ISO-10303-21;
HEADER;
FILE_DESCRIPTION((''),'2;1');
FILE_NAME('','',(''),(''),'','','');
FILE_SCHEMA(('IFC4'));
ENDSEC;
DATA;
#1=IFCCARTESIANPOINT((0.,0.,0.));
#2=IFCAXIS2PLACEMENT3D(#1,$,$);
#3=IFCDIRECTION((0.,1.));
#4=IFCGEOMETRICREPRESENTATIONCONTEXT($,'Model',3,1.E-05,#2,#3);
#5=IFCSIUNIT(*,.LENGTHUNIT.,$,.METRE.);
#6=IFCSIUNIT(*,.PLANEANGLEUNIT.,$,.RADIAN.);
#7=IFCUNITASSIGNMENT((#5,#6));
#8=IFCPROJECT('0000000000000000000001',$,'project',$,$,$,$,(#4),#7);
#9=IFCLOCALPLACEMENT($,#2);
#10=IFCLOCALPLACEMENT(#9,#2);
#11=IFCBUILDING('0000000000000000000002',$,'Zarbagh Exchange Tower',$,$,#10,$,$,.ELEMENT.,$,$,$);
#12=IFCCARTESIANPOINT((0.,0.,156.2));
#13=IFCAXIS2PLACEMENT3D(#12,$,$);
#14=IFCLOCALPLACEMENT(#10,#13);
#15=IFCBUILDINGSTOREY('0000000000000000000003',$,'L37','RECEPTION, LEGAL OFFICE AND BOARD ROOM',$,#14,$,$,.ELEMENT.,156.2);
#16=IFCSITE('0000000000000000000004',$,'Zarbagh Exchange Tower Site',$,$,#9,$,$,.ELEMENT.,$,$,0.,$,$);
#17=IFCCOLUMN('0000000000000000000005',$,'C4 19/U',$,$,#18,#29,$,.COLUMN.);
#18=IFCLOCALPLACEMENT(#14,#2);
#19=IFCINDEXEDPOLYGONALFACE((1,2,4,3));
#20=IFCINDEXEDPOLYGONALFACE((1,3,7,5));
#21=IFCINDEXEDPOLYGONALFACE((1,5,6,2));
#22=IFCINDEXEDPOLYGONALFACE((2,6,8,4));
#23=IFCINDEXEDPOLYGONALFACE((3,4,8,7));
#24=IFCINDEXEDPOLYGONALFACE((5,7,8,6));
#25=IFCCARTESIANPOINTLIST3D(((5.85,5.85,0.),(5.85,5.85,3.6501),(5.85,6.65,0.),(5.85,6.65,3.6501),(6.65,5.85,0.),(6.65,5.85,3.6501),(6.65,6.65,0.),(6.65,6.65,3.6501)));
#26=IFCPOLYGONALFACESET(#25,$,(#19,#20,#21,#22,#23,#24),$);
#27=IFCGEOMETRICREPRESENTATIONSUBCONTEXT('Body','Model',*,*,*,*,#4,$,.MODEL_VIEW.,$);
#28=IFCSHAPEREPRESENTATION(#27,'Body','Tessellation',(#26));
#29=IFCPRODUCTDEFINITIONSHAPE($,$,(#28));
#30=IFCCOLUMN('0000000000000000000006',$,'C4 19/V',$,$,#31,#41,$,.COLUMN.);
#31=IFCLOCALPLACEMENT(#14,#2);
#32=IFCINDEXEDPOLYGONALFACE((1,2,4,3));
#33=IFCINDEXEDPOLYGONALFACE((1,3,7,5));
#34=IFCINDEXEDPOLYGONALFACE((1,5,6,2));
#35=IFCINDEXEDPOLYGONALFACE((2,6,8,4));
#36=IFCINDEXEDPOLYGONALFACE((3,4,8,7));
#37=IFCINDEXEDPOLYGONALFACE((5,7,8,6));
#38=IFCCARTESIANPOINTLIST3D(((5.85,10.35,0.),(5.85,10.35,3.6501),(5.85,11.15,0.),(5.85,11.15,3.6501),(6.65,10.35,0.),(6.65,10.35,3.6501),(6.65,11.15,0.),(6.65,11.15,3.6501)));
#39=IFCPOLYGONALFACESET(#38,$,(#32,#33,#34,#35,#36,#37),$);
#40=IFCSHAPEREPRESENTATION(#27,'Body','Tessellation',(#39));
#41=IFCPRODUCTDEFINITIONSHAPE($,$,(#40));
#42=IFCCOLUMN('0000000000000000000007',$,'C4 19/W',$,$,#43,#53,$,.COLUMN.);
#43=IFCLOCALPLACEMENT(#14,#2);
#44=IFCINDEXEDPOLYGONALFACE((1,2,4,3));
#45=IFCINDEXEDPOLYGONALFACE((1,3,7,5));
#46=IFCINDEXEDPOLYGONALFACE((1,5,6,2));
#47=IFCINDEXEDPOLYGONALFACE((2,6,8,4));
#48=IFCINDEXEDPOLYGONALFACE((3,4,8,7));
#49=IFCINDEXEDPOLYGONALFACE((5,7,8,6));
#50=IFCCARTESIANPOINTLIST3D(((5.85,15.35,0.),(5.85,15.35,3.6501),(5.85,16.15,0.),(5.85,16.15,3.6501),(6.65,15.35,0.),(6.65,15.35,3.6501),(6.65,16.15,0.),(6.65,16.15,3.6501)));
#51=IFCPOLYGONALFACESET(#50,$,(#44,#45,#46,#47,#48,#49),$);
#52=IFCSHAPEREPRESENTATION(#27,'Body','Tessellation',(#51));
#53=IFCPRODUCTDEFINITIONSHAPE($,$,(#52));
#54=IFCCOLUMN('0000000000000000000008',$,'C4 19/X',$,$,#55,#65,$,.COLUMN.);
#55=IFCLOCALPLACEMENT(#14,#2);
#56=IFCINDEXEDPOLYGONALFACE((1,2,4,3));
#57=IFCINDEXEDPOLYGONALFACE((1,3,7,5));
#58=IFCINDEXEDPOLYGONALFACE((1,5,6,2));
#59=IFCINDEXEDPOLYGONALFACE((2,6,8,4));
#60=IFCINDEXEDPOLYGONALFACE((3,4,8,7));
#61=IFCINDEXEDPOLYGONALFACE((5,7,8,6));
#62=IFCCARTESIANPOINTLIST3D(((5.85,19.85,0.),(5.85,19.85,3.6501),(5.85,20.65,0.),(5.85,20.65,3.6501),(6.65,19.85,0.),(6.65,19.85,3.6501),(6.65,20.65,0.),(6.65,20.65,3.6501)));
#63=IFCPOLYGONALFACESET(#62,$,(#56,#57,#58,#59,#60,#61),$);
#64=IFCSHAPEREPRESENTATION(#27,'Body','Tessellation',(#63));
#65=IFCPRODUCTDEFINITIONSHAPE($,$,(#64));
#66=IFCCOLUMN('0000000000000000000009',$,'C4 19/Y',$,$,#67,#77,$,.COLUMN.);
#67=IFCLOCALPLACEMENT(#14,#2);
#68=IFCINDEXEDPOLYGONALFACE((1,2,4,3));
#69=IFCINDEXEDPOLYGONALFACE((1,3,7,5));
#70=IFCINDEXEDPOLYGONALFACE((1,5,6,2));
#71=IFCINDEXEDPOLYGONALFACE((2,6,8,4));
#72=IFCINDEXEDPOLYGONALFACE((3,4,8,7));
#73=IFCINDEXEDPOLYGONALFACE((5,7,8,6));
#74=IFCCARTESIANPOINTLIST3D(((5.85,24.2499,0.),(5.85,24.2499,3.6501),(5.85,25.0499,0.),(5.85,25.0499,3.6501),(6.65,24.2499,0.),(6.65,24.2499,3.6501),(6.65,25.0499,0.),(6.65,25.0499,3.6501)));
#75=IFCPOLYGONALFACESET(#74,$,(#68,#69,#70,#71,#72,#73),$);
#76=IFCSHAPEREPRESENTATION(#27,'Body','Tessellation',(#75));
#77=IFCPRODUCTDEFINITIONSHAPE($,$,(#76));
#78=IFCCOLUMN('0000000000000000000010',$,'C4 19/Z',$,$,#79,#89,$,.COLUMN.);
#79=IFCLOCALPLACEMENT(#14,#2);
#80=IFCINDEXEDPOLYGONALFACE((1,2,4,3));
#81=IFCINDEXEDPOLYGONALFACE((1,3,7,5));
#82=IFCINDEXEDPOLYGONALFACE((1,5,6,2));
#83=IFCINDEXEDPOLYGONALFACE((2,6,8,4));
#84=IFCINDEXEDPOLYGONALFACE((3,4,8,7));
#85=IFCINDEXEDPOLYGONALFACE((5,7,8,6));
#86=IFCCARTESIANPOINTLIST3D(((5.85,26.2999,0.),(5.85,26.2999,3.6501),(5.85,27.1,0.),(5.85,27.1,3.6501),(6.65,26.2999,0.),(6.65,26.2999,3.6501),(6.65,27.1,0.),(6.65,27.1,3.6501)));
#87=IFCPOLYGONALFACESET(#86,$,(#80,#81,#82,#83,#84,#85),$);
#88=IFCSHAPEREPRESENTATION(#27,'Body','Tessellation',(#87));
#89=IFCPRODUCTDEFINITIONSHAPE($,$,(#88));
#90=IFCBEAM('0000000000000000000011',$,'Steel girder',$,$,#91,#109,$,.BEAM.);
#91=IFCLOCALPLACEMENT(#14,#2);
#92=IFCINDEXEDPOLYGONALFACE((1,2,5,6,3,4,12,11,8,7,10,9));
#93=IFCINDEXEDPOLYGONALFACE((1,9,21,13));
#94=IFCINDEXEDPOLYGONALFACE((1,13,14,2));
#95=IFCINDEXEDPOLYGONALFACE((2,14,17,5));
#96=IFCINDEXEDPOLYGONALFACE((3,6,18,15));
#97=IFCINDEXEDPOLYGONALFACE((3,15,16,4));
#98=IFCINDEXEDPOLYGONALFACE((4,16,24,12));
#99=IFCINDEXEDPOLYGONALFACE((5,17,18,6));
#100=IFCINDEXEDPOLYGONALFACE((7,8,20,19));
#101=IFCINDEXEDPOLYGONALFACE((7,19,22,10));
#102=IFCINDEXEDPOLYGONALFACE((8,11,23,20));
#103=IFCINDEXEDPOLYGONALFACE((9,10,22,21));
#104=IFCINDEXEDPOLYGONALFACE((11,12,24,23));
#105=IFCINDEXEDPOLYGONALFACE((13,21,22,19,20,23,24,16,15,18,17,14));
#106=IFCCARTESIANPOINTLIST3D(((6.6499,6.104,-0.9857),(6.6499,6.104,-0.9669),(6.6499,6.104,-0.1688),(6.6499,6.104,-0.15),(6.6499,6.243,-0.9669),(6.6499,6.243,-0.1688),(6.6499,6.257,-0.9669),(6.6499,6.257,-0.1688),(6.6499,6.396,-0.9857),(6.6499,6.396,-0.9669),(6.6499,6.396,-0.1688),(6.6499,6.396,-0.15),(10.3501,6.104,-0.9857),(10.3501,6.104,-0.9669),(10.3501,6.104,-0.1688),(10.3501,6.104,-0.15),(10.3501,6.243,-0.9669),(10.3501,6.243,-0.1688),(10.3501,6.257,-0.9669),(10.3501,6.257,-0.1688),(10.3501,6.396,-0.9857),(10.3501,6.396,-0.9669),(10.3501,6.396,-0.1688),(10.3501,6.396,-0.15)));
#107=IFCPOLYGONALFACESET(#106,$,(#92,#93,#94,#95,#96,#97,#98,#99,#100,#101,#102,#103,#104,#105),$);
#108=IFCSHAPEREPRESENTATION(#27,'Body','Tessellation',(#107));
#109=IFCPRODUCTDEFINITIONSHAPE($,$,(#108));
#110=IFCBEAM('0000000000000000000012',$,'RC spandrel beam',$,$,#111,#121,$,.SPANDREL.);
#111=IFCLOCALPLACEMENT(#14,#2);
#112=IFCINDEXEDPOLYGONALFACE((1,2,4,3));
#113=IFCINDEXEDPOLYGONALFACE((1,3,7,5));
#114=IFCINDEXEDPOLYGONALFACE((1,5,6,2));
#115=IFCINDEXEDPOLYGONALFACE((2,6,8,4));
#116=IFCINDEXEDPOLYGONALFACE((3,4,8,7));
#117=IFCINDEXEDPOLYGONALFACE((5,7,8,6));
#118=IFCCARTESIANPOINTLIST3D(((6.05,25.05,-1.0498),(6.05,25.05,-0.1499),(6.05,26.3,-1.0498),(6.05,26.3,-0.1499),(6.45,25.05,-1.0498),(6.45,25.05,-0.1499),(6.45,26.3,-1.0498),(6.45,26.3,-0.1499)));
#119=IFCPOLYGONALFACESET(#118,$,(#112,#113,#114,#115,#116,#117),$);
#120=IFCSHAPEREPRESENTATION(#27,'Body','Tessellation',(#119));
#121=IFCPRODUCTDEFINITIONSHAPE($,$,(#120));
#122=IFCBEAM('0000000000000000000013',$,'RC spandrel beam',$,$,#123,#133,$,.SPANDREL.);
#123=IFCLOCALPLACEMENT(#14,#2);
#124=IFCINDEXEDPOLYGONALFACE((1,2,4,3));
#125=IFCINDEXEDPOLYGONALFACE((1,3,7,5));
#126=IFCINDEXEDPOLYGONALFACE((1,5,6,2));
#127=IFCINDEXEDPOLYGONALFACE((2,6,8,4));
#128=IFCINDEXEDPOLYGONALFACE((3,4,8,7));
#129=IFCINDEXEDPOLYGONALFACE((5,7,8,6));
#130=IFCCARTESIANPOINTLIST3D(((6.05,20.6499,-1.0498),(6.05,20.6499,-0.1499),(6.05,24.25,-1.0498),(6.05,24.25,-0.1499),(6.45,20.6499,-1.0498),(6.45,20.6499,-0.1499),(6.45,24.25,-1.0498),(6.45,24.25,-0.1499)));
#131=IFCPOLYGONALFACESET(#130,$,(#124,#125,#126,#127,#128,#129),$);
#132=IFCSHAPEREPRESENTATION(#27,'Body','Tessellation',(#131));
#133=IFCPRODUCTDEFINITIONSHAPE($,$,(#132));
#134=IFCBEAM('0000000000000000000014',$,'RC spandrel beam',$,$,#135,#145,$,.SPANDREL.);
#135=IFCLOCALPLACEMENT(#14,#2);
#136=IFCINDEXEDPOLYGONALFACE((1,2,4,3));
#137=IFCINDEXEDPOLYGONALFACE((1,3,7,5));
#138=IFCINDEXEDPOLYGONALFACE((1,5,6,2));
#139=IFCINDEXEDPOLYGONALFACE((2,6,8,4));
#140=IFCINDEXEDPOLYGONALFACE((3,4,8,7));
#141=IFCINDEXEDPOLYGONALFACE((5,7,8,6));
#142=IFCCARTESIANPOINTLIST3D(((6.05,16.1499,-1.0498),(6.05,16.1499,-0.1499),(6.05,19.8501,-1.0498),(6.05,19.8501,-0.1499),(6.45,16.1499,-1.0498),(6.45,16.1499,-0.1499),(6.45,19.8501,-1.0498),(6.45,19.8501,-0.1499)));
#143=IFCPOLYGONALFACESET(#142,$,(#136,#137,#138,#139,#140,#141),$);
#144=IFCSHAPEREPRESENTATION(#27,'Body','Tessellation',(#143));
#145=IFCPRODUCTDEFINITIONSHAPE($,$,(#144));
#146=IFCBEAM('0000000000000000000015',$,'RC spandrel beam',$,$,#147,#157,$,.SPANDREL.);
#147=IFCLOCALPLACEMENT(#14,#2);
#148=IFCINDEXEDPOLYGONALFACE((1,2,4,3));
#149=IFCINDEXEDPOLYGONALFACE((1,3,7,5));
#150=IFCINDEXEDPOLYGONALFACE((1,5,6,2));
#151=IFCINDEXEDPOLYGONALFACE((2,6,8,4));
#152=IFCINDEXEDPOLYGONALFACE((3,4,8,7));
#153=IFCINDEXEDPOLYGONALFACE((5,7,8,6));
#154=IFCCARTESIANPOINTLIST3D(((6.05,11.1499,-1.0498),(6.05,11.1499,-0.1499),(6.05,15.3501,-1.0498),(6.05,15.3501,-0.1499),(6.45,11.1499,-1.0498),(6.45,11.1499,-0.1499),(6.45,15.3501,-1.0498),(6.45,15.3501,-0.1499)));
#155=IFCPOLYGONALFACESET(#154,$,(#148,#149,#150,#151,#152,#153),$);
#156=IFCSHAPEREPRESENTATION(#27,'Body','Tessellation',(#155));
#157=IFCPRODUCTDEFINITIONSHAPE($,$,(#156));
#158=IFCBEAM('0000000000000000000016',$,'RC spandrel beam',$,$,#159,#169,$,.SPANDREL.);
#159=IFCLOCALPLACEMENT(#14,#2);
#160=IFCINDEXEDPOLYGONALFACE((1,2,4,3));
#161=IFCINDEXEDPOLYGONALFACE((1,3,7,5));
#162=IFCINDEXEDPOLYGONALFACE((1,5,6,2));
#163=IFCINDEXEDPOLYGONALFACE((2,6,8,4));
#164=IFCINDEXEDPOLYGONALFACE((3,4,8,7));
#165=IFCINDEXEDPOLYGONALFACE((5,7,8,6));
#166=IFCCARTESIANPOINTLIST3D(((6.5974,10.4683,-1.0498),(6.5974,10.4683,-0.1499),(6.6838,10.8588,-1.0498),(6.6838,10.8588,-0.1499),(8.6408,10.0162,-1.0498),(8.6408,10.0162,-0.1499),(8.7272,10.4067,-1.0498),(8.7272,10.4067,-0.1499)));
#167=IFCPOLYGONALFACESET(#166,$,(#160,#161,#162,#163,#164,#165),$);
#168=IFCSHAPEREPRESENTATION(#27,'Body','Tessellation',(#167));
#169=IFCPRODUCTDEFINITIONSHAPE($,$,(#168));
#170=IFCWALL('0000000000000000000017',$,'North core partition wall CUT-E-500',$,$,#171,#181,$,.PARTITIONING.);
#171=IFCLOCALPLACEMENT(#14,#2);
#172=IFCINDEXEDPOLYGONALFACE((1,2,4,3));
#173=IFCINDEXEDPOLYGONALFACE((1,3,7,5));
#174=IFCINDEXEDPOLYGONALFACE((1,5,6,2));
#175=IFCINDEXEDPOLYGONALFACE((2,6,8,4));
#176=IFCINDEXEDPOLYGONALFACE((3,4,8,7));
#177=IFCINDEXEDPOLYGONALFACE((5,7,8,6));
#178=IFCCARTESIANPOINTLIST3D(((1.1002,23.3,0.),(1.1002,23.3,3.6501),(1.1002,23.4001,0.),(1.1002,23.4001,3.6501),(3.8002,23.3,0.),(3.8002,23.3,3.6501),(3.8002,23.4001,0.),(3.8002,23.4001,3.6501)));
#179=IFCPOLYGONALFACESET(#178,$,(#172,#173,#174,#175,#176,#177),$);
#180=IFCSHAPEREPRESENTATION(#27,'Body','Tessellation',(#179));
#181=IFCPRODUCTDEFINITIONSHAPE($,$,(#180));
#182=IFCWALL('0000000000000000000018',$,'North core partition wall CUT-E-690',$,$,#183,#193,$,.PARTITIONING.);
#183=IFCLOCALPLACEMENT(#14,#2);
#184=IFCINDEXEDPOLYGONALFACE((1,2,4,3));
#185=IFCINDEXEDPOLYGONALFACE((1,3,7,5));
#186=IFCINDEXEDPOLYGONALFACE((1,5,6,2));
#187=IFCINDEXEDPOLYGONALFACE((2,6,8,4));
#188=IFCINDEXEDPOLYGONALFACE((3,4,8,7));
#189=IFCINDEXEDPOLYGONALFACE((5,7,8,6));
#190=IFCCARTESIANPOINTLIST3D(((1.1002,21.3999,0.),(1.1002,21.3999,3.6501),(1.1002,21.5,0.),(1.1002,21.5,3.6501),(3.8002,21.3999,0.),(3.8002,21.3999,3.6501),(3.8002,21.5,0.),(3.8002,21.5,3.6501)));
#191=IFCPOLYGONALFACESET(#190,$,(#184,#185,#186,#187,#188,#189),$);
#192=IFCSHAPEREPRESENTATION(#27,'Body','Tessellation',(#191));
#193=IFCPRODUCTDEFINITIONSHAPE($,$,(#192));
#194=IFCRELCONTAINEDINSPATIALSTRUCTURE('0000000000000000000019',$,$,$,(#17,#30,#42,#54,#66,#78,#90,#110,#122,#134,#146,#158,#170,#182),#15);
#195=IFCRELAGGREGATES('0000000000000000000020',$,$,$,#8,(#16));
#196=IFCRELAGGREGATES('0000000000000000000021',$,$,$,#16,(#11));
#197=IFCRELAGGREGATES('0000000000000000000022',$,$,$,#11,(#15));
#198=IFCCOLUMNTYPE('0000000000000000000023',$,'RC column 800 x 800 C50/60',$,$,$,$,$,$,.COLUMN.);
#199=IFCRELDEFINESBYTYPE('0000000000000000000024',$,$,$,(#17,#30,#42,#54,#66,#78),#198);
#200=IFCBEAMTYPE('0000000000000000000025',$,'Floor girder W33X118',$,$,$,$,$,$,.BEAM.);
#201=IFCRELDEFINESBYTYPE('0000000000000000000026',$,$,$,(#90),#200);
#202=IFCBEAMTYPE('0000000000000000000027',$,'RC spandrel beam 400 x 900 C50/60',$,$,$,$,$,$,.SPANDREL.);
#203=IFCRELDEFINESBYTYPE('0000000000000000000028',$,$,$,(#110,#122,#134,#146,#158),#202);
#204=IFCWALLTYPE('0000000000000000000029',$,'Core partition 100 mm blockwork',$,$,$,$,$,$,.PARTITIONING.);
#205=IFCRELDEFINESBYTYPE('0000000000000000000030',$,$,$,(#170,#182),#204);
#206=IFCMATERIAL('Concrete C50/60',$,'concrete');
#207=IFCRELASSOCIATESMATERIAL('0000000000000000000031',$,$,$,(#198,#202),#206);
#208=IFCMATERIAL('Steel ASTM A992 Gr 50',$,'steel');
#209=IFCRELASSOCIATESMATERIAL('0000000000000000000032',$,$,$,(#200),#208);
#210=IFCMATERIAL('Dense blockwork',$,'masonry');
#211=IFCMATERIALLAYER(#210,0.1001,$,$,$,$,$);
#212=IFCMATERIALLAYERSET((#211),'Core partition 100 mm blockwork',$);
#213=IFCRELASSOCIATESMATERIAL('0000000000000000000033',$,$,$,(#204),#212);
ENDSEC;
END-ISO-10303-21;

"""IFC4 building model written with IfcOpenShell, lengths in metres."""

from ifc_helpers import new_model, si_unit, direction, frame, frame_2d, origin, origin_2d, place, context, subcontext, project, spatial, rectangle, i_section, extrude, material, layer, layer_set, material_profile, profile_set, type_object, element, save


model = new_model("IFC4")

# Units and contexts
model_context = context("Model", 3, precision=1e-05, world=origin(), true_north=direction((0.0, 1.0)))
body_context = subcontext(model_context, "Body", "Model", "MODEL_VIEW")
ifc_project = project(units=[si_unit("LENGTHUNIT", "METRE"), si_unit("PLANEANGLEUNIT", "RADIAN")], contexts=[model_context])

# Site, building, storey
site_placement = place(None, origin())
site = spatial("IfcSite", under=ifc_project, at=site_placement, Name="Zarbagh Exchange Tower Site", CompositionType="ELEMENT", RefElevation=0.0)
building_placement = place(site_placement, origin())
building = spatial("IfcBuilding", under=site, at=building_placement, Name="Zarbagh Exchange Tower", CompositionType="ELEMENT")
storey_placement = place(building_placement, frame((0.0, 0.0, 156.2)))
storey = spatial("IfcBuildingStorey", under=building, at=storey_placement, Name="L37", Description="RECEPTION, LEGAL OFFICE AND BOARD ROOM", CompositionType="ELEMENT", Elevation=156.2)

# Columns
ifc_material_1 = material(Name="Concrete C50/60", Category="concrete")
ifc_material_profile_1 = material_profile(ifc_material_1, rectangle(XDim=0.8, YDim=0.8, at=origin_2d()), Name="RC column 800 x 800 C50/60")
ifc_profile_set_1 = profile_set([ifc_material_profile_1], Name="Concrete C50/60")
column_type = type_object("IfcColumnType", Name="RC column 800 x 800 C50/60", PredefinedType="COLUMN", material=ifc_profile_set_1)
for number, where, z_axis, x_axis, name in (
    (1, (6.25, 6.25, 0.0), (0.0, 0.0, 1.0), (1.0, 0.0, 0.0), "C4 19/U"),
    (2, (6.25, 10.75, 0.0), (0.0, 0.0, 1.0), (1.0, 0.0, 0.0), "C4 19/V"),
    (3, (6.25, 15.75, 0.0), (0.0, 0.0, 1.0), (1.0, 0.0, 0.0), "C4 19/W"),
    (4, (6.25, 20.25, 0.0), (0.0, 0.0, 1.0), (1.0, 0.0, 0.0), "C4 19/X"),
    (5, (6.25, 24.6499, 0.0), (0.0, 0.0, 1.0), (1.0, 0.0, 0.0), "C4 19/Y"),
    (6, (6.25, 26.7, 0.0), (0.0, 0.0, 1.0), (1.0, 0.0, 0.0), "C4 19/Z"),
):
    element("IfcColumn", number, at=place(storey_placement, frame(where, z_axis=z_axis, x_axis=x_axis)), inside=storey, type_object=column_type, Name=name, PredefinedType="COLUMN", context=body_context, shape_type="SweptSolid", body=[
        extrude(rectangle(XDim=0.8, YDim=0.8, at=origin_2d()), origin(), (0.0, 0.0, 1.0), 3.6501),
    ])

# Beams
ifc_material_2 = material(Name="Steel ASTM A992 Gr 50", Category="steel")
ifc_material_profile_2 = material_profile(ifc_material_2, i_section(OverallWidth=0.292, OverallDepth=0.8357, WebThickness=0.0139, FlangeThickness=0.0188, at=origin_2d()), Name="W33X118")
ifc_profile_set_2 = profile_set([ifc_material_profile_2], Name="Steel ASTM A992 Gr 50")
beam_type_1 = type_object("IfcBeamType", Name="Floor girder W33X118", PredefinedType="BEAM", material=ifc_profile_set_2)
beam_1_placement = place(storey_placement, frame((6.6499, 6.25, -0.5679), z_axis=(1.0, 0.0, 0.0), x_axis=(0.0, 1.0, 0.0)))
element("IfcBeam", 7, at=beam_1_placement, inside=storey, type_object=beam_type_1, Name="Steel girder", PredefinedType="BEAM", context=body_context, shape_type="SweptSolid", body=[
    extrude(i_section(OverallWidth=0.292, OverallDepth=0.8357, WebThickness=0.0139, FlangeThickness=0.0188, at=origin_2d()), origin(), (0.0, 0.0, 1.0), 3.7002),
])
ifc_material_profile_3 = material_profile(ifc_material_1, rectangle(XDim=0.3999, YDim=0.8999, at=origin_2d()), Name="RC spandrel beam 400 x 900 C50/60")
ifc_profile_set_3 = profile_set([ifc_material_profile_3], Name="Concrete C50/60")
beam_type_2 = type_object("IfcBeamType", Name="RC spandrel beam 400 x 900 C50/60", PredefinedType="SPANDREL", material=ifc_profile_set_3)
beam_2_placement = place(storey_placement, frame((6.25, 26.3, -0.5999), z_axis=(0.0, -1.0, 0.0), x_axis=(1.0, 0.0, 0.0)))
element("IfcBeam", 8, at=beam_2_placement, inside=storey, type_object=beam_type_2, Name="RC spandrel beam", PredefinedType="SPANDREL", context=body_context, shape_type="SweptSolid", body=[
    extrude(rectangle(XDim=0.3999, YDim=0.8999, at=origin_2d()), origin(), (0.0, 0.0, 1.0), 1.25),
])
beam_3_placement = place(storey_placement, frame((6.25, 24.25, -0.5999), z_axis=(0.0, -1.0, 0.0), x_axis=(1.0, 0.0, 0.0)))
element("IfcBeam", 9, at=beam_3_placement, inside=storey, type_object=beam_type_2, Name="RC spandrel beam", PredefinedType="SPANDREL", context=body_context, shape_type="SweptSolid", body=[
    extrude(rectangle(XDim=0.3999, YDim=0.8999, at=origin_2d()), origin(), (0.0, 0.0, 1.0), 3.6001),
])
beam_4_placement = place(storey_placement, frame((6.25, 19.8501, -0.5999), z_axis=(0.0, -1.0, 0.0), x_axis=(1.0, 0.0, 0.0)))
element("IfcBeam", 10, at=beam_4_placement, inside=storey, type_object=beam_type_2, Name="RC spandrel beam", PredefinedType="SPANDREL", context=body_context, shape_type="SweptSolid", body=[
    extrude(rectangle(XDim=0.3999, YDim=0.8999, at=origin_2d()), origin(), (0.0, 0.0, 1.0), 3.7002),
])
beam_5_placement = place(storey_placement, frame((6.25, 15.3501, -0.5999), z_axis=(0.0, -1.0, 0.0), x_axis=(1.0, 0.0, 0.0)))
element("IfcBeam", 11, at=beam_5_placement, inside=storey, type_object=beam_type_2, Name="RC spandrel beam", PredefinedType="SPANDREL", context=body_context, shape_type="SweptSolid", body=[
    extrude(rectangle(XDim=0.3999, YDim=0.8999, at=origin_2d()), origin(), (0.0, 0.0, 1.0), 4.2002),
])
beam_6_placement = place(storey_placement, frame((6.6406, 10.6636, -0.5999), z_axis=(0.976384, -0.216041, 0.0), x_axis=(0.216041, 0.976384, 0.0)))
element("IfcBeam", 12, at=beam_6_placement, inside=storey, type_object=beam_type_2, Name="RC spandrel beam", PredefinedType="SPANDREL", context=body_context, shape_type="SweptSolid", body=[
    extrude(rectangle(XDim=0.3999, YDim=0.8999, at=origin_2d()), origin(), (0.0, 0.0, 1.0), 2.0928),
])

# Walls
ifc_material_3 = material(Name="Dense blockwork", Category="masonry")
ifc_layer_1 = layer(ifc_material_3, 0.1001)
ifc_layer_set_1 = layer_set([ifc_layer_1], Name="Core partition 100 mm blockwork")
wall_type_1 = type_object("IfcWallType", Name="Core partition 100 mm blockwork", PredefinedType="PARTITIONING", material=ifc_layer_set_1)
for number, where, z_axis, x_axis, name in (
    (13, (1.1001, 23.3501, 0.0), (0.0, 0.0, 1.0), (1.0, 0.0, 0.0), "North core partition wall CUT-E-500"),
    (14, (1.1001, 21.45, 0.0), (0.0, 0.0, 1.0), (1.0, 0.0, 0.0), "North core partition wall CUT-E-690"),
):
    element("IfcWall", number, at=place(storey_placement, frame(where, z_axis=z_axis, x_axis=x_axis)), inside=storey, type_object=wall_type_1, Name=name, PredefinedType="PARTITIONING", context=body_context, shape_type="SweptSolid", body=[
        extrude(rectangle(XDim=2.7, YDim=0.1001, at=frame_2d((1.3501, 0.0))), origin(), (0.0, 0.0, 1.0), 3.6501),
    ])

save(model, "model.ifc")
